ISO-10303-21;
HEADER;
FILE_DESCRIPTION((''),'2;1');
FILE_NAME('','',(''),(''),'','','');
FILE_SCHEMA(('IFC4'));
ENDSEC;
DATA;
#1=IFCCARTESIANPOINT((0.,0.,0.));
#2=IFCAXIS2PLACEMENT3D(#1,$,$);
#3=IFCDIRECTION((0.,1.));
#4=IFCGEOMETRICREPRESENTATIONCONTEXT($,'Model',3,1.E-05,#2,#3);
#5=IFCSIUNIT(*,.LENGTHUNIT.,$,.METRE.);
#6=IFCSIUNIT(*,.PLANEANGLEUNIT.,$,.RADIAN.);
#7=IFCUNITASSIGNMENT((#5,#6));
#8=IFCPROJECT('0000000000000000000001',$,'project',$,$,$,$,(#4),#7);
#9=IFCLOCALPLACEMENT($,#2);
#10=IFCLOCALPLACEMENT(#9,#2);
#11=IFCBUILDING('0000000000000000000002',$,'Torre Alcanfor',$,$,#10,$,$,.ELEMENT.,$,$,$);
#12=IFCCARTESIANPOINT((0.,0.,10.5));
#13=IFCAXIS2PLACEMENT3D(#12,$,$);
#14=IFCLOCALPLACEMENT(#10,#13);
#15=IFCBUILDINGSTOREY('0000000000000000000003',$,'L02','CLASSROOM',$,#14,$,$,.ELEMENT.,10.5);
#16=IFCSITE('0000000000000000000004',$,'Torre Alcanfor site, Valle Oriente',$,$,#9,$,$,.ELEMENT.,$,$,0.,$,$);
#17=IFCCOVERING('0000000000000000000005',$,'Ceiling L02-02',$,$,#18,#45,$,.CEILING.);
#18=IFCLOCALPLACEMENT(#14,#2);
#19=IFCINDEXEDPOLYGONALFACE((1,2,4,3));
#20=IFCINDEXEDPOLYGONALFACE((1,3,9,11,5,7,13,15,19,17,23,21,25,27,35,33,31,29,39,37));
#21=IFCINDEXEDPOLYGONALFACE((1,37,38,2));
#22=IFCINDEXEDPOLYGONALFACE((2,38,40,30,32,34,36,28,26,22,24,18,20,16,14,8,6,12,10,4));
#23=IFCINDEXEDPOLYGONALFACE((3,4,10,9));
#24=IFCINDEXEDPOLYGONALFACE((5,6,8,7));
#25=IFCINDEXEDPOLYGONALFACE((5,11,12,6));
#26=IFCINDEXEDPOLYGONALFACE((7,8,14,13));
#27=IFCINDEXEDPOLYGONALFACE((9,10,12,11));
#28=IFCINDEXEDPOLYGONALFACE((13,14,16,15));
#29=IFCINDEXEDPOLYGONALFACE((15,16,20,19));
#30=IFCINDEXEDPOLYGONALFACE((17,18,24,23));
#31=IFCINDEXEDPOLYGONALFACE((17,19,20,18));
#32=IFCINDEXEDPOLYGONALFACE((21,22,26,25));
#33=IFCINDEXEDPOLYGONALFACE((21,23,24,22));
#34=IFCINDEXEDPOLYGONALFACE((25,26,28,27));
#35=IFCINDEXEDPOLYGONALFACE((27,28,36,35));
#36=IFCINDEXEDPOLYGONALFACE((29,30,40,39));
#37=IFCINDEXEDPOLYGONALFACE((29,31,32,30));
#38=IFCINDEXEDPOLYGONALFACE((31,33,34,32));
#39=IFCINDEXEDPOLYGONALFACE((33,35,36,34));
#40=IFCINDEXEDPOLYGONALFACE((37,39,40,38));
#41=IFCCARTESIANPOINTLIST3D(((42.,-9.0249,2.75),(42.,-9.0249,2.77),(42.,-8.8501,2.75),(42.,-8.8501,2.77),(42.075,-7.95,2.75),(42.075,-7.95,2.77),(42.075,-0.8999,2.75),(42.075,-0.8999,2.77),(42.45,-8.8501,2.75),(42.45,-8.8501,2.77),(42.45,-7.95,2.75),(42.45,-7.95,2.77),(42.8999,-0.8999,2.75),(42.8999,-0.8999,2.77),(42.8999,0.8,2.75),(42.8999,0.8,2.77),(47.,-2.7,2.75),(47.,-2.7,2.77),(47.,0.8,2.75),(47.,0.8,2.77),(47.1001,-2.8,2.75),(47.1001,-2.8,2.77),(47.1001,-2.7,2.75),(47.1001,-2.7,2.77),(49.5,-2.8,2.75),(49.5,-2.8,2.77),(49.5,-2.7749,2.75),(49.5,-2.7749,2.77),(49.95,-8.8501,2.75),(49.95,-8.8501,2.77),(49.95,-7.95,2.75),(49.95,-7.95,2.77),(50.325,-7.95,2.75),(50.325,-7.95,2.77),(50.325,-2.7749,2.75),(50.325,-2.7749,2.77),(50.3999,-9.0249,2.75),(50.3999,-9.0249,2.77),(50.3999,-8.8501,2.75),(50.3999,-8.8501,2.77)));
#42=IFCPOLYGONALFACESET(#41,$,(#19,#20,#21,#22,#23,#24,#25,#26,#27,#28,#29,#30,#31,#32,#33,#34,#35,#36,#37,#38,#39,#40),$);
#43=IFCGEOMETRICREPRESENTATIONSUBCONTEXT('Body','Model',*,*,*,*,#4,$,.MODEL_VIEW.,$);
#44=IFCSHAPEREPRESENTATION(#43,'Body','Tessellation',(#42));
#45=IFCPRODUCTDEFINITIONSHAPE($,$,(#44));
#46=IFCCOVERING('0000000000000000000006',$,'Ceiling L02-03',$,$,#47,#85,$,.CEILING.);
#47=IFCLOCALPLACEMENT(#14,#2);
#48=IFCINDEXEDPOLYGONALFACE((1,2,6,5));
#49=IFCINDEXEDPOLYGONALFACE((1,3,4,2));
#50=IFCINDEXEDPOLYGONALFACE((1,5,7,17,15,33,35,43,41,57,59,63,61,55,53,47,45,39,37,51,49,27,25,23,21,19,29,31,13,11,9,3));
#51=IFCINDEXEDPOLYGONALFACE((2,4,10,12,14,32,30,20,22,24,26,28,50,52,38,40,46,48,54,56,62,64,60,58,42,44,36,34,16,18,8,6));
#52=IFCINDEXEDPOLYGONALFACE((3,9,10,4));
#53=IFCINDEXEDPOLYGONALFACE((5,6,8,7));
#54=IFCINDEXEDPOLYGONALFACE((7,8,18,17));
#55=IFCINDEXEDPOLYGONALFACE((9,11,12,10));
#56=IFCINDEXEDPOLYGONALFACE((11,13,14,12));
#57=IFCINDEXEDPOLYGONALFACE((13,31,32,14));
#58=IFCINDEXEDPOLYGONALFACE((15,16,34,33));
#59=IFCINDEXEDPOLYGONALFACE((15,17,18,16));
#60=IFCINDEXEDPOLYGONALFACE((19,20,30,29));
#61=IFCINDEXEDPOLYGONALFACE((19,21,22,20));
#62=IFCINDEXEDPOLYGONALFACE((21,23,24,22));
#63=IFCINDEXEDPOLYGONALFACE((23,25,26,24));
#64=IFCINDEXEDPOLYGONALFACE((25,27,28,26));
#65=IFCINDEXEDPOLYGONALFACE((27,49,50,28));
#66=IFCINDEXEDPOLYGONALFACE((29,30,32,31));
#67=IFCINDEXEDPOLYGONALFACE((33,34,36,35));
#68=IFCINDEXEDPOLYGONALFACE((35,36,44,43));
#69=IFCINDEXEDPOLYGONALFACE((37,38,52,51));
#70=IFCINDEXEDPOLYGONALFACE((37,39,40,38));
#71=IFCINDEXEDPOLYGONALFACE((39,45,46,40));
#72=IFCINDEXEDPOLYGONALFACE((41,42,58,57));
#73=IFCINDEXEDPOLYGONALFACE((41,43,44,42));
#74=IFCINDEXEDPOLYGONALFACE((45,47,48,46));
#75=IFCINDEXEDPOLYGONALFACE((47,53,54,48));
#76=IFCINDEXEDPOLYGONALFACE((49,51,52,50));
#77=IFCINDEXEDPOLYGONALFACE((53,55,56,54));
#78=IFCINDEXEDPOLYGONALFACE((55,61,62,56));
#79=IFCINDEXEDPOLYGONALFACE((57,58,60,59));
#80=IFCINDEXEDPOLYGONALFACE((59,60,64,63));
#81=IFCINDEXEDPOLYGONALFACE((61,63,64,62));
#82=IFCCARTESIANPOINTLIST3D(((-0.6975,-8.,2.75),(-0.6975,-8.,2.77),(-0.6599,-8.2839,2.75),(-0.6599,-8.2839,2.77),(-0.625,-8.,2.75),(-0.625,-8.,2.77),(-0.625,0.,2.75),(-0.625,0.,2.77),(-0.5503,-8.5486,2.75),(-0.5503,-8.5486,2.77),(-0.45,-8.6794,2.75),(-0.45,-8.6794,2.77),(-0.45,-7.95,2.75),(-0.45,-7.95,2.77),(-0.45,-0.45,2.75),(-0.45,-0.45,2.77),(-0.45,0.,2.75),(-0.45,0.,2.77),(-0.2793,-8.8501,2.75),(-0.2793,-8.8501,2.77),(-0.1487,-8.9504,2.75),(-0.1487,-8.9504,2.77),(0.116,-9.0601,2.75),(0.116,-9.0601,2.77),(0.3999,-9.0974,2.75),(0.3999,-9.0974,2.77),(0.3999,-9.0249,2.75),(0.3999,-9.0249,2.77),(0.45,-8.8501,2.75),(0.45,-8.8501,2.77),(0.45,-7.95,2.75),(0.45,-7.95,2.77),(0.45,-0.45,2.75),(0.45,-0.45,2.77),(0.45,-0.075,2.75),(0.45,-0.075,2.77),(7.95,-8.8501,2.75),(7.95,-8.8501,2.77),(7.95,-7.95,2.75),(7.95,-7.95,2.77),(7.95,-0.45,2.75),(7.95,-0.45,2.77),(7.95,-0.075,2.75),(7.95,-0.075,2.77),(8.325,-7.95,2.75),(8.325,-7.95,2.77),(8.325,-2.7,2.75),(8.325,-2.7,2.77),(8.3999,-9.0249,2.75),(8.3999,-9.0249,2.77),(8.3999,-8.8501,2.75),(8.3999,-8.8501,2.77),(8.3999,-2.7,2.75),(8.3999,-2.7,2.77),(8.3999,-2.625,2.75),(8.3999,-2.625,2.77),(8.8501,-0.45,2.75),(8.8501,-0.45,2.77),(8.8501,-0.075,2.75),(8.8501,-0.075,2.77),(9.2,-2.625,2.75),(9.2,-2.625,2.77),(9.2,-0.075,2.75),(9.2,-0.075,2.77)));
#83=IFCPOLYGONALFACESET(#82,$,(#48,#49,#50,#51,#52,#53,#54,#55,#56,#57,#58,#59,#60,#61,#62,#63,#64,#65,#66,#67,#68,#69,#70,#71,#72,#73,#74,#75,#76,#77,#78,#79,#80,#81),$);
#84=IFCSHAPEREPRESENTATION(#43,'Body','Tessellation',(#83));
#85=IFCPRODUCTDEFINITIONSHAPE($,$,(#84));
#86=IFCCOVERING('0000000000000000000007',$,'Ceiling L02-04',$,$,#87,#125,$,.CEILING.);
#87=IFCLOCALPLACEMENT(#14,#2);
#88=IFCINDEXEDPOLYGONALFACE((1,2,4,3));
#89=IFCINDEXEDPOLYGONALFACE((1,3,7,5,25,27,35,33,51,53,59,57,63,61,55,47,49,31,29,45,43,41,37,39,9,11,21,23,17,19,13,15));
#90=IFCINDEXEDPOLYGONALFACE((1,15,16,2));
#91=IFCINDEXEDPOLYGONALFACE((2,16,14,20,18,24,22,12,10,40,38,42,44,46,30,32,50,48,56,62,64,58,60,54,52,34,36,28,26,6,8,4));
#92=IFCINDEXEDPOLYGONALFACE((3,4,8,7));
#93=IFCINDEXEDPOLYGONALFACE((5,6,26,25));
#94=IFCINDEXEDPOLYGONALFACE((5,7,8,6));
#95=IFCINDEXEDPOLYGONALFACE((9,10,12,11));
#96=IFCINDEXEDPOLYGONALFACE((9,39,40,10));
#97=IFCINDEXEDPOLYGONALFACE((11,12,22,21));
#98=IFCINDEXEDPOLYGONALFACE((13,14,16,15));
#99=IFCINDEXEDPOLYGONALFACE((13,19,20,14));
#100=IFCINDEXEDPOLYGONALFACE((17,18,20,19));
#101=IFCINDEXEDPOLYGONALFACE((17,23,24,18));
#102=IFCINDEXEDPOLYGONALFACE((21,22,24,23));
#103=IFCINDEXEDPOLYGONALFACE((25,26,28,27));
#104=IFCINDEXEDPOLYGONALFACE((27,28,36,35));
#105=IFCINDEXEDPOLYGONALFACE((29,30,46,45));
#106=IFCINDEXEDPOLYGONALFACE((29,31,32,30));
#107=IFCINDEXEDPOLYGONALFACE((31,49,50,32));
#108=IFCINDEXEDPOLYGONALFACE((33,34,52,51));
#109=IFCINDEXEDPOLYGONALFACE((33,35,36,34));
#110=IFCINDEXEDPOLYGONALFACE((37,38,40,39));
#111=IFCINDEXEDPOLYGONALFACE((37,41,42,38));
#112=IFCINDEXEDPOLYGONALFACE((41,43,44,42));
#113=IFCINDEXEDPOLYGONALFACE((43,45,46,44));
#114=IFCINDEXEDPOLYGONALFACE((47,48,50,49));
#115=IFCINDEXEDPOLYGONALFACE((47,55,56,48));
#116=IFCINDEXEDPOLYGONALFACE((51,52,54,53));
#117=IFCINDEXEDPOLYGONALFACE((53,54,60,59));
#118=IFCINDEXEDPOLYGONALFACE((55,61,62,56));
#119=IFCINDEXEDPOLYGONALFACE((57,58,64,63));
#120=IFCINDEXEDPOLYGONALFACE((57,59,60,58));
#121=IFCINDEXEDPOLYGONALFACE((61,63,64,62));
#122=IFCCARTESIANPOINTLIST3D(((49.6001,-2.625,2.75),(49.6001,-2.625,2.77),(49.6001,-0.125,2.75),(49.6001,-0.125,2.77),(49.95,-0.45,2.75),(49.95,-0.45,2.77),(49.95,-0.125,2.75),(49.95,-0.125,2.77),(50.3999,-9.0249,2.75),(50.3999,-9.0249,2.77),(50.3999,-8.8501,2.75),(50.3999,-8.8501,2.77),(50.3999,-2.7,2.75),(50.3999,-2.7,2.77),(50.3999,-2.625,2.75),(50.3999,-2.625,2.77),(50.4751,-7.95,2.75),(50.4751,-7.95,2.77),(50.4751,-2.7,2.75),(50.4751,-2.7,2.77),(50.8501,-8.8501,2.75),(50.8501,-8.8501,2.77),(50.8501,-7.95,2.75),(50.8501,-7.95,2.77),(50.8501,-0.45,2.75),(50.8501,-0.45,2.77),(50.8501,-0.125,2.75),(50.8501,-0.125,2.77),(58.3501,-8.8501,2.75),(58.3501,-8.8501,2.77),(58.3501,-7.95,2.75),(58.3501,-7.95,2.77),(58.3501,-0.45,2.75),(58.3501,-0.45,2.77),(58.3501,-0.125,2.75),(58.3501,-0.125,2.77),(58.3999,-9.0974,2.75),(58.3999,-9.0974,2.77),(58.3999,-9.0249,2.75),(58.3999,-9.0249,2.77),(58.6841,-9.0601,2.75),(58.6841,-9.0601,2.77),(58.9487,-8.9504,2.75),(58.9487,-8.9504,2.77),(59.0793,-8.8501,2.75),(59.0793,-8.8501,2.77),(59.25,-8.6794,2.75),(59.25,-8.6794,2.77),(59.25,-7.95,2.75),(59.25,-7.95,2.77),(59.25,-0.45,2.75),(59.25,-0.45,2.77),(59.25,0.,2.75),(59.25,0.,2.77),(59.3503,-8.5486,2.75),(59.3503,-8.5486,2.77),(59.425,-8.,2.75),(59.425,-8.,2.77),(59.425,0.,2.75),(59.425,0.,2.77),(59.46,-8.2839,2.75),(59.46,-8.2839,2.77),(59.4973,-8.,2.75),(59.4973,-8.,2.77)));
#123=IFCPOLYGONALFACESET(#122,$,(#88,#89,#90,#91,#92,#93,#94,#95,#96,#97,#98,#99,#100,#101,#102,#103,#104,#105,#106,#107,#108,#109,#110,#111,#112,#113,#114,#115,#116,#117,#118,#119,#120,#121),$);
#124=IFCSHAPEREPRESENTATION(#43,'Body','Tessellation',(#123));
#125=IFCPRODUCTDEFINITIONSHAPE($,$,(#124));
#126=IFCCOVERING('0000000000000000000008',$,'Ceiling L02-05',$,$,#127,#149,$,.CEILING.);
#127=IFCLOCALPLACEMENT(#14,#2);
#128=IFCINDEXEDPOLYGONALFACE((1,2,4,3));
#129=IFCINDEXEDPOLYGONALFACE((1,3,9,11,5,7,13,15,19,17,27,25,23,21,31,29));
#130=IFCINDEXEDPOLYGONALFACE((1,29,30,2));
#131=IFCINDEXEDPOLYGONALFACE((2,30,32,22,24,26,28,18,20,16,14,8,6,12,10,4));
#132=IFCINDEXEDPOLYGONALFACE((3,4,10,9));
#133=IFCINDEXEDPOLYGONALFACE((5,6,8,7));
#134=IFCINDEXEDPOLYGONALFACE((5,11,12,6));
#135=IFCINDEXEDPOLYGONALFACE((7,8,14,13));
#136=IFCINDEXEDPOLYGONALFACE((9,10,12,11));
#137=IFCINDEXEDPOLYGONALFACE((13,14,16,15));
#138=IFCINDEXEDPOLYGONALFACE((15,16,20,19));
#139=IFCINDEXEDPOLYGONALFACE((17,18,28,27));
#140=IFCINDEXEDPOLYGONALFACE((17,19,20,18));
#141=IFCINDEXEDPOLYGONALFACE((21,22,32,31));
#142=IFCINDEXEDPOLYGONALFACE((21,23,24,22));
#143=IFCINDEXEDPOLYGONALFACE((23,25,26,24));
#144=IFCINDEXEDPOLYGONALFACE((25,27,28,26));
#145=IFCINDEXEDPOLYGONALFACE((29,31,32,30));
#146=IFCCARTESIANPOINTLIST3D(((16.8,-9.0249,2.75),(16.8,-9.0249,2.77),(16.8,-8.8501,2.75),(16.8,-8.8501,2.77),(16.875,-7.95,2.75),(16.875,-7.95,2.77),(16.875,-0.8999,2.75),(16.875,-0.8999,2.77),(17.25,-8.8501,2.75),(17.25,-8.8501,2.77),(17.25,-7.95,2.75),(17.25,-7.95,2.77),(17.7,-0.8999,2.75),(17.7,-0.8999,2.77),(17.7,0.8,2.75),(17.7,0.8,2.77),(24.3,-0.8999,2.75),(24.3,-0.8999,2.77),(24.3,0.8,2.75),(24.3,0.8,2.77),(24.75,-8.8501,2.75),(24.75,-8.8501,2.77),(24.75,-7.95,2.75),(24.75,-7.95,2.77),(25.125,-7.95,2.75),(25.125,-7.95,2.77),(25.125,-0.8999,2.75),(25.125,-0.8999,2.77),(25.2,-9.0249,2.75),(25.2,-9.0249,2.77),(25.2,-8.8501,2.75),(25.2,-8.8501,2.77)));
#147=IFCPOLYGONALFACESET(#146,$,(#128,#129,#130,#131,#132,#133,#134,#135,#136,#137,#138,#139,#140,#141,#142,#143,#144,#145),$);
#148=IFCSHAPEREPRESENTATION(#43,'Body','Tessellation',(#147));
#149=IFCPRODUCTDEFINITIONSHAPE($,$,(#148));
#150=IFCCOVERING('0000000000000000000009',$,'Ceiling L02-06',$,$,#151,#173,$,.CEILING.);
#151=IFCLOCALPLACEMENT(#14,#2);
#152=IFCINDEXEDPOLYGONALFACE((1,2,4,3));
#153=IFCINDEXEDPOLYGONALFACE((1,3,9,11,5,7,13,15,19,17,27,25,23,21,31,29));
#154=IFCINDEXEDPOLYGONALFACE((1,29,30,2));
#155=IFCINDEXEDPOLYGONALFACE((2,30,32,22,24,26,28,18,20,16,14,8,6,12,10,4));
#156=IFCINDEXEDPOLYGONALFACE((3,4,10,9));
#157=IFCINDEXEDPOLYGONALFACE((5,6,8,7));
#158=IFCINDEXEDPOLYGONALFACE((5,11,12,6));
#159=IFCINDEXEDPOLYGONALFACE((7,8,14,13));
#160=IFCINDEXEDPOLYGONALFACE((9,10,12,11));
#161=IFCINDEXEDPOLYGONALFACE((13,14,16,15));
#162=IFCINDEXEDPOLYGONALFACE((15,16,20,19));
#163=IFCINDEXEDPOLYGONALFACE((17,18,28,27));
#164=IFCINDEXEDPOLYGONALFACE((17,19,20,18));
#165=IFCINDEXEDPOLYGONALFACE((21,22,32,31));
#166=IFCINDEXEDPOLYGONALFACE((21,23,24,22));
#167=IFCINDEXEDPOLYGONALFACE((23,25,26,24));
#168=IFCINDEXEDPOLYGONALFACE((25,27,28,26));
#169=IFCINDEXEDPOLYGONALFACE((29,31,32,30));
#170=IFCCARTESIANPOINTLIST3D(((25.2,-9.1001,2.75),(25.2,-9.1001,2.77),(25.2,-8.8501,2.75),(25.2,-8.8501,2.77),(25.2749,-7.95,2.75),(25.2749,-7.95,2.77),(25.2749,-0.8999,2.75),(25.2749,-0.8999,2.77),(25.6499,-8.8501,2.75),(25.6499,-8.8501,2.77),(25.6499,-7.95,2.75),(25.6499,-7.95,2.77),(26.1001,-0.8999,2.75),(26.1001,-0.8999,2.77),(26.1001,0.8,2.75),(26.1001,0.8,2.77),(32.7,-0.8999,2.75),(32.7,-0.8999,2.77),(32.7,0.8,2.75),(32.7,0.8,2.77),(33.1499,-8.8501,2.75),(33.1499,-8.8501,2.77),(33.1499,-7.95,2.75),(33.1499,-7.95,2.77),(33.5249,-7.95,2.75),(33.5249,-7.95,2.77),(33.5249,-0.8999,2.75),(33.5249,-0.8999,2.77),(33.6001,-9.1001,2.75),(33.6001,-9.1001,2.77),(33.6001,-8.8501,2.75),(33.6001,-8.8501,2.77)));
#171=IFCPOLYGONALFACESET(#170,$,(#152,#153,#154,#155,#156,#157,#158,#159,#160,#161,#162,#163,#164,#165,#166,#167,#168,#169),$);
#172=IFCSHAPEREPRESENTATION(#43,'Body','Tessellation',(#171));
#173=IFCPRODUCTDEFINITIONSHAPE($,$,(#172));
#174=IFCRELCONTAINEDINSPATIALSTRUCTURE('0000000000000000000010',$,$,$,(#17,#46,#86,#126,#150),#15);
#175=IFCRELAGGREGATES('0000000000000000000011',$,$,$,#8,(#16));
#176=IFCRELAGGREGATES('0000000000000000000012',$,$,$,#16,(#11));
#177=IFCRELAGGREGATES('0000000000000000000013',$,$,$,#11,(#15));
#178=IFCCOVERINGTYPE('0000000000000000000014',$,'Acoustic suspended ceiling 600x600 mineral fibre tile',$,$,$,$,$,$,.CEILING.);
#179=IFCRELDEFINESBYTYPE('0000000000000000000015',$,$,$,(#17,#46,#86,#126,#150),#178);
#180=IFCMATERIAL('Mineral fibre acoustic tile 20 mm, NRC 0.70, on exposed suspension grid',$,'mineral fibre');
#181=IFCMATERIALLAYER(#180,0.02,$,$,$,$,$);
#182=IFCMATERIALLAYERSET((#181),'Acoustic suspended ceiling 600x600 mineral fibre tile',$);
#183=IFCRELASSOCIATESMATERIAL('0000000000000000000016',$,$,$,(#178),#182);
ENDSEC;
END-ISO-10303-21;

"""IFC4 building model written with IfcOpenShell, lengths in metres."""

from ifc_helpers import new_model, si_unit, direction, frame, origin, place, context, subcontext, project, spatial, polyline, outline, extrude, material, layer, layer_set, type_object, element, save


model = new_model("IFC4")

# Units and contexts
model_context = context("Model", 3, precision=1e-05, world=origin(), true_north=direction((0.0, 1.0)))
body_context = subcontext(model_context, "Body", "Model", "MODEL_VIEW")
ifc_project = project(units=[si_unit("LENGTHUNIT", "METRE"), si_unit("PLANEANGLEUNIT", "RADIAN")], contexts=[model_context])

# Site, building, storey
site_placement = place(None, origin())
site = spatial("IfcSite", under=ifc_project, at=site_placement, Name="Torre Alcanfor site, Valle Oriente", CompositionType="ELEMENT", RefElevation=0.0)
building_placement = place(site_placement, origin())
building = spatial("IfcBuilding", under=site, at=building_placement, Name="Torre Alcanfor", CompositionType="ELEMENT")
storey_placement = place(building_placement, frame((0.0, 0.0, 10.5)))
storey = spatial("IfcBuildingStorey", under=building, at=storey_placement, Name="L02", Description="CLASSROOM", CompositionType="ELEMENT", Elevation=10.5)

# Coverings
ifc_material_1 = material(Name="Mineral fibre acoustic tile 20 mm, NRC 0.70, on exposed suspension grid", Category="mineral fibre")
ifc_layer_1 = layer(ifc_material_1, 0.02)
ifc_layer_set_1 = layer_set([ifc_layer_1], Name="Acoustic suspended ceiling 600x600 mineral fibre tile")
covering_type = type_object("IfcCoveringType", Name="Acoustic suspended ceiling 600x600 mineral fibre tile", PredefinedType="CEILING", material=ifc_layer_set_1)
covering_1_placement = place(storey_placement, frame((0.0, 0.0, 2.75)))
element("IfcCovering", 1, at=covering_1_placement, inside=storey, type_object=covering_type, Name="Ceiling L02-02", PredefinedType="CEILING", context=body_context, shape_type="SweptSolid", body=[
    extrude(outline(polyline([(49.95, -8.8501), (49.95, -7.95), (50.325, -7.95), (50.325, -2.7749), (49.5, -2.7749), (49.5, -2.8), (47.1001, -2.8), (47.1001, -2.7), (47.0, -2.7), (47.0, 0.8), (42.8999, 0.8), (42.8999, -0.8999), (42.075, -0.8999), (42.075, -7.95), (42.45, -7.95), (42.45, -8.8501), (42.0, -8.8501), (42.0, -9.0249), (50.3999, -9.0249), (50.3999, -8.8501), (49.95, -8.8501)])), origin(), (0.0, 0.0, 1.0), 0.02),
])
covering_2_placement = place(storey_placement, frame((0.0, 0.0, 2.75)))
element("IfcCovering", 2, at=covering_2_placement, inside=storey, type_object=covering_type, Name="Ceiling L02-03", PredefinedType="CEILING", context=body_context, shape_type="SweptSolid", body=[
    extrude(outline(polyline([(-0.6599, -8.2839), (-0.5503, -8.5486), (-0.45, -8.6794), (-0.45, -7.95), (0.45, -7.95), (0.45, -8.8501), (-0.2793, -8.8501), (-0.1487, -8.9504), (0.116, -9.0601), (0.3999, -9.0974), (0.3999, -9.0249), (8.3999, -9.0249), (8.3999, -8.8501), (7.95, -8.8501), (7.95, -7.95), (8.325, -7.95), (8.325, -2.7), (8.3999, -2.7), (8.3999, -2.625), (9.2, -2.625), (9.2, -0.075), (8.8501, -0.075), (8.8501, -0.45), (7.95, -0.45), (7.95, -0.075), (0.45, -0.075), (0.45, -0.45), (-0.45, -0.45), (-0.45, 0.0), (-0.625, 0.0), (-0.625, -8.0), (-0.6975, -8.0), (-0.6599, -8.2839)])), origin(), (0.0, 0.0, 1.0), 0.02),
])
covering_3_placement = place(storey_placement, frame((0.0, 0.0, 2.75)))
element("IfcCovering", 3, at=covering_3_placement, inside=storey, type_object=covering_type, Name="Ceiling L02-04", PredefinedType="CEILING", context=body_context, shape_type="SweptSolid", body=[
    extrude(outline(polyline([(59.25, -7.95), (59.25, -8.6794), (59.3503, -8.5486), (59.46, -8.2839), (59.4973, -8.0), (59.425, -8.0), (59.425, 0.0), (59.25, 0.0), (59.25, -0.45), (58.3501, -0.45), (58.3501, -0.125), (50.8501, -0.125), (50.8501, -0.45), (49.95, -0.45), (49.95, -0.125), (49.6001, -0.125), (49.6001, -2.625), (50.3999, -2.625), (50.3999, -2.7), (50.4751, -2.7), (50.4751, -7.95), (50.8501, -7.95), (50.8501, -8.8501), (50.3999, -8.8501), (50.3999, -9.0249), (58.3999, -9.0249), (58.3999, -9.0974), (58.6841, -9.0601), (58.9487, -8.9504), (59.0793, -8.8501), (58.3501, -8.8501), (58.3501, -7.95), (59.25, -7.95)])), origin(), (0.0, 0.0, 1.0), 0.02),
])
covering_4_placement = place(storey_placement, frame((0.0, 0.0, 2.75)))
element("IfcCovering", 4, at=covering_4_placement, inside=storey, type_object=covering_type, Name="Ceiling L02-05", PredefinedType="CEILING", context=body_context, shape_type="SweptSolid", body=[
    extrude(outline(polyline([(25.125, -0.8999), (24.3, -0.8999), (24.3, 0.8), (17.7, 0.8), (17.7, -0.8999), (16.875, -0.8999), (16.875, -7.95), (17.25, -7.95), (17.25, -8.8501), (16.8, -8.8501), (16.8, -9.0249), (25.2, -9.0249), (25.2, -8.8501), (24.75, -8.8501), (24.75, -7.95), (25.125, -7.95), (25.125, -0.8999)])), origin(), (0.0, 0.0, 1.0), 0.02),
])
covering_5_placement = place(storey_placement, frame((0.0, 0.0, 2.75)))
element("IfcCovering", 5, at=covering_5_placement, inside=storey, type_object=covering_type, Name="Ceiling L02-06", PredefinedType="CEILING", context=body_context, shape_type="SweptSolid", body=[
    extrude(outline(polyline([(33.5249, -0.8999), (32.7, -0.8999), (32.7, 0.8), (26.1001, 0.8), (26.1001, -0.8999), (25.2749, -0.8999), (25.2749, -7.95), (25.6499, -7.95), (25.6499, -8.8501), (25.2, -8.8501), (25.2, -9.1001), (33.6001, -9.1001), (33.6001, -8.8501), (33.1499, -8.8501), (33.1499, -7.95), (33.5249, -7.95), (33.5249, -0.8999)])), origin(), (0.0, 0.0, 1.0), 0.02),
])

save(model, "model.ifc")
